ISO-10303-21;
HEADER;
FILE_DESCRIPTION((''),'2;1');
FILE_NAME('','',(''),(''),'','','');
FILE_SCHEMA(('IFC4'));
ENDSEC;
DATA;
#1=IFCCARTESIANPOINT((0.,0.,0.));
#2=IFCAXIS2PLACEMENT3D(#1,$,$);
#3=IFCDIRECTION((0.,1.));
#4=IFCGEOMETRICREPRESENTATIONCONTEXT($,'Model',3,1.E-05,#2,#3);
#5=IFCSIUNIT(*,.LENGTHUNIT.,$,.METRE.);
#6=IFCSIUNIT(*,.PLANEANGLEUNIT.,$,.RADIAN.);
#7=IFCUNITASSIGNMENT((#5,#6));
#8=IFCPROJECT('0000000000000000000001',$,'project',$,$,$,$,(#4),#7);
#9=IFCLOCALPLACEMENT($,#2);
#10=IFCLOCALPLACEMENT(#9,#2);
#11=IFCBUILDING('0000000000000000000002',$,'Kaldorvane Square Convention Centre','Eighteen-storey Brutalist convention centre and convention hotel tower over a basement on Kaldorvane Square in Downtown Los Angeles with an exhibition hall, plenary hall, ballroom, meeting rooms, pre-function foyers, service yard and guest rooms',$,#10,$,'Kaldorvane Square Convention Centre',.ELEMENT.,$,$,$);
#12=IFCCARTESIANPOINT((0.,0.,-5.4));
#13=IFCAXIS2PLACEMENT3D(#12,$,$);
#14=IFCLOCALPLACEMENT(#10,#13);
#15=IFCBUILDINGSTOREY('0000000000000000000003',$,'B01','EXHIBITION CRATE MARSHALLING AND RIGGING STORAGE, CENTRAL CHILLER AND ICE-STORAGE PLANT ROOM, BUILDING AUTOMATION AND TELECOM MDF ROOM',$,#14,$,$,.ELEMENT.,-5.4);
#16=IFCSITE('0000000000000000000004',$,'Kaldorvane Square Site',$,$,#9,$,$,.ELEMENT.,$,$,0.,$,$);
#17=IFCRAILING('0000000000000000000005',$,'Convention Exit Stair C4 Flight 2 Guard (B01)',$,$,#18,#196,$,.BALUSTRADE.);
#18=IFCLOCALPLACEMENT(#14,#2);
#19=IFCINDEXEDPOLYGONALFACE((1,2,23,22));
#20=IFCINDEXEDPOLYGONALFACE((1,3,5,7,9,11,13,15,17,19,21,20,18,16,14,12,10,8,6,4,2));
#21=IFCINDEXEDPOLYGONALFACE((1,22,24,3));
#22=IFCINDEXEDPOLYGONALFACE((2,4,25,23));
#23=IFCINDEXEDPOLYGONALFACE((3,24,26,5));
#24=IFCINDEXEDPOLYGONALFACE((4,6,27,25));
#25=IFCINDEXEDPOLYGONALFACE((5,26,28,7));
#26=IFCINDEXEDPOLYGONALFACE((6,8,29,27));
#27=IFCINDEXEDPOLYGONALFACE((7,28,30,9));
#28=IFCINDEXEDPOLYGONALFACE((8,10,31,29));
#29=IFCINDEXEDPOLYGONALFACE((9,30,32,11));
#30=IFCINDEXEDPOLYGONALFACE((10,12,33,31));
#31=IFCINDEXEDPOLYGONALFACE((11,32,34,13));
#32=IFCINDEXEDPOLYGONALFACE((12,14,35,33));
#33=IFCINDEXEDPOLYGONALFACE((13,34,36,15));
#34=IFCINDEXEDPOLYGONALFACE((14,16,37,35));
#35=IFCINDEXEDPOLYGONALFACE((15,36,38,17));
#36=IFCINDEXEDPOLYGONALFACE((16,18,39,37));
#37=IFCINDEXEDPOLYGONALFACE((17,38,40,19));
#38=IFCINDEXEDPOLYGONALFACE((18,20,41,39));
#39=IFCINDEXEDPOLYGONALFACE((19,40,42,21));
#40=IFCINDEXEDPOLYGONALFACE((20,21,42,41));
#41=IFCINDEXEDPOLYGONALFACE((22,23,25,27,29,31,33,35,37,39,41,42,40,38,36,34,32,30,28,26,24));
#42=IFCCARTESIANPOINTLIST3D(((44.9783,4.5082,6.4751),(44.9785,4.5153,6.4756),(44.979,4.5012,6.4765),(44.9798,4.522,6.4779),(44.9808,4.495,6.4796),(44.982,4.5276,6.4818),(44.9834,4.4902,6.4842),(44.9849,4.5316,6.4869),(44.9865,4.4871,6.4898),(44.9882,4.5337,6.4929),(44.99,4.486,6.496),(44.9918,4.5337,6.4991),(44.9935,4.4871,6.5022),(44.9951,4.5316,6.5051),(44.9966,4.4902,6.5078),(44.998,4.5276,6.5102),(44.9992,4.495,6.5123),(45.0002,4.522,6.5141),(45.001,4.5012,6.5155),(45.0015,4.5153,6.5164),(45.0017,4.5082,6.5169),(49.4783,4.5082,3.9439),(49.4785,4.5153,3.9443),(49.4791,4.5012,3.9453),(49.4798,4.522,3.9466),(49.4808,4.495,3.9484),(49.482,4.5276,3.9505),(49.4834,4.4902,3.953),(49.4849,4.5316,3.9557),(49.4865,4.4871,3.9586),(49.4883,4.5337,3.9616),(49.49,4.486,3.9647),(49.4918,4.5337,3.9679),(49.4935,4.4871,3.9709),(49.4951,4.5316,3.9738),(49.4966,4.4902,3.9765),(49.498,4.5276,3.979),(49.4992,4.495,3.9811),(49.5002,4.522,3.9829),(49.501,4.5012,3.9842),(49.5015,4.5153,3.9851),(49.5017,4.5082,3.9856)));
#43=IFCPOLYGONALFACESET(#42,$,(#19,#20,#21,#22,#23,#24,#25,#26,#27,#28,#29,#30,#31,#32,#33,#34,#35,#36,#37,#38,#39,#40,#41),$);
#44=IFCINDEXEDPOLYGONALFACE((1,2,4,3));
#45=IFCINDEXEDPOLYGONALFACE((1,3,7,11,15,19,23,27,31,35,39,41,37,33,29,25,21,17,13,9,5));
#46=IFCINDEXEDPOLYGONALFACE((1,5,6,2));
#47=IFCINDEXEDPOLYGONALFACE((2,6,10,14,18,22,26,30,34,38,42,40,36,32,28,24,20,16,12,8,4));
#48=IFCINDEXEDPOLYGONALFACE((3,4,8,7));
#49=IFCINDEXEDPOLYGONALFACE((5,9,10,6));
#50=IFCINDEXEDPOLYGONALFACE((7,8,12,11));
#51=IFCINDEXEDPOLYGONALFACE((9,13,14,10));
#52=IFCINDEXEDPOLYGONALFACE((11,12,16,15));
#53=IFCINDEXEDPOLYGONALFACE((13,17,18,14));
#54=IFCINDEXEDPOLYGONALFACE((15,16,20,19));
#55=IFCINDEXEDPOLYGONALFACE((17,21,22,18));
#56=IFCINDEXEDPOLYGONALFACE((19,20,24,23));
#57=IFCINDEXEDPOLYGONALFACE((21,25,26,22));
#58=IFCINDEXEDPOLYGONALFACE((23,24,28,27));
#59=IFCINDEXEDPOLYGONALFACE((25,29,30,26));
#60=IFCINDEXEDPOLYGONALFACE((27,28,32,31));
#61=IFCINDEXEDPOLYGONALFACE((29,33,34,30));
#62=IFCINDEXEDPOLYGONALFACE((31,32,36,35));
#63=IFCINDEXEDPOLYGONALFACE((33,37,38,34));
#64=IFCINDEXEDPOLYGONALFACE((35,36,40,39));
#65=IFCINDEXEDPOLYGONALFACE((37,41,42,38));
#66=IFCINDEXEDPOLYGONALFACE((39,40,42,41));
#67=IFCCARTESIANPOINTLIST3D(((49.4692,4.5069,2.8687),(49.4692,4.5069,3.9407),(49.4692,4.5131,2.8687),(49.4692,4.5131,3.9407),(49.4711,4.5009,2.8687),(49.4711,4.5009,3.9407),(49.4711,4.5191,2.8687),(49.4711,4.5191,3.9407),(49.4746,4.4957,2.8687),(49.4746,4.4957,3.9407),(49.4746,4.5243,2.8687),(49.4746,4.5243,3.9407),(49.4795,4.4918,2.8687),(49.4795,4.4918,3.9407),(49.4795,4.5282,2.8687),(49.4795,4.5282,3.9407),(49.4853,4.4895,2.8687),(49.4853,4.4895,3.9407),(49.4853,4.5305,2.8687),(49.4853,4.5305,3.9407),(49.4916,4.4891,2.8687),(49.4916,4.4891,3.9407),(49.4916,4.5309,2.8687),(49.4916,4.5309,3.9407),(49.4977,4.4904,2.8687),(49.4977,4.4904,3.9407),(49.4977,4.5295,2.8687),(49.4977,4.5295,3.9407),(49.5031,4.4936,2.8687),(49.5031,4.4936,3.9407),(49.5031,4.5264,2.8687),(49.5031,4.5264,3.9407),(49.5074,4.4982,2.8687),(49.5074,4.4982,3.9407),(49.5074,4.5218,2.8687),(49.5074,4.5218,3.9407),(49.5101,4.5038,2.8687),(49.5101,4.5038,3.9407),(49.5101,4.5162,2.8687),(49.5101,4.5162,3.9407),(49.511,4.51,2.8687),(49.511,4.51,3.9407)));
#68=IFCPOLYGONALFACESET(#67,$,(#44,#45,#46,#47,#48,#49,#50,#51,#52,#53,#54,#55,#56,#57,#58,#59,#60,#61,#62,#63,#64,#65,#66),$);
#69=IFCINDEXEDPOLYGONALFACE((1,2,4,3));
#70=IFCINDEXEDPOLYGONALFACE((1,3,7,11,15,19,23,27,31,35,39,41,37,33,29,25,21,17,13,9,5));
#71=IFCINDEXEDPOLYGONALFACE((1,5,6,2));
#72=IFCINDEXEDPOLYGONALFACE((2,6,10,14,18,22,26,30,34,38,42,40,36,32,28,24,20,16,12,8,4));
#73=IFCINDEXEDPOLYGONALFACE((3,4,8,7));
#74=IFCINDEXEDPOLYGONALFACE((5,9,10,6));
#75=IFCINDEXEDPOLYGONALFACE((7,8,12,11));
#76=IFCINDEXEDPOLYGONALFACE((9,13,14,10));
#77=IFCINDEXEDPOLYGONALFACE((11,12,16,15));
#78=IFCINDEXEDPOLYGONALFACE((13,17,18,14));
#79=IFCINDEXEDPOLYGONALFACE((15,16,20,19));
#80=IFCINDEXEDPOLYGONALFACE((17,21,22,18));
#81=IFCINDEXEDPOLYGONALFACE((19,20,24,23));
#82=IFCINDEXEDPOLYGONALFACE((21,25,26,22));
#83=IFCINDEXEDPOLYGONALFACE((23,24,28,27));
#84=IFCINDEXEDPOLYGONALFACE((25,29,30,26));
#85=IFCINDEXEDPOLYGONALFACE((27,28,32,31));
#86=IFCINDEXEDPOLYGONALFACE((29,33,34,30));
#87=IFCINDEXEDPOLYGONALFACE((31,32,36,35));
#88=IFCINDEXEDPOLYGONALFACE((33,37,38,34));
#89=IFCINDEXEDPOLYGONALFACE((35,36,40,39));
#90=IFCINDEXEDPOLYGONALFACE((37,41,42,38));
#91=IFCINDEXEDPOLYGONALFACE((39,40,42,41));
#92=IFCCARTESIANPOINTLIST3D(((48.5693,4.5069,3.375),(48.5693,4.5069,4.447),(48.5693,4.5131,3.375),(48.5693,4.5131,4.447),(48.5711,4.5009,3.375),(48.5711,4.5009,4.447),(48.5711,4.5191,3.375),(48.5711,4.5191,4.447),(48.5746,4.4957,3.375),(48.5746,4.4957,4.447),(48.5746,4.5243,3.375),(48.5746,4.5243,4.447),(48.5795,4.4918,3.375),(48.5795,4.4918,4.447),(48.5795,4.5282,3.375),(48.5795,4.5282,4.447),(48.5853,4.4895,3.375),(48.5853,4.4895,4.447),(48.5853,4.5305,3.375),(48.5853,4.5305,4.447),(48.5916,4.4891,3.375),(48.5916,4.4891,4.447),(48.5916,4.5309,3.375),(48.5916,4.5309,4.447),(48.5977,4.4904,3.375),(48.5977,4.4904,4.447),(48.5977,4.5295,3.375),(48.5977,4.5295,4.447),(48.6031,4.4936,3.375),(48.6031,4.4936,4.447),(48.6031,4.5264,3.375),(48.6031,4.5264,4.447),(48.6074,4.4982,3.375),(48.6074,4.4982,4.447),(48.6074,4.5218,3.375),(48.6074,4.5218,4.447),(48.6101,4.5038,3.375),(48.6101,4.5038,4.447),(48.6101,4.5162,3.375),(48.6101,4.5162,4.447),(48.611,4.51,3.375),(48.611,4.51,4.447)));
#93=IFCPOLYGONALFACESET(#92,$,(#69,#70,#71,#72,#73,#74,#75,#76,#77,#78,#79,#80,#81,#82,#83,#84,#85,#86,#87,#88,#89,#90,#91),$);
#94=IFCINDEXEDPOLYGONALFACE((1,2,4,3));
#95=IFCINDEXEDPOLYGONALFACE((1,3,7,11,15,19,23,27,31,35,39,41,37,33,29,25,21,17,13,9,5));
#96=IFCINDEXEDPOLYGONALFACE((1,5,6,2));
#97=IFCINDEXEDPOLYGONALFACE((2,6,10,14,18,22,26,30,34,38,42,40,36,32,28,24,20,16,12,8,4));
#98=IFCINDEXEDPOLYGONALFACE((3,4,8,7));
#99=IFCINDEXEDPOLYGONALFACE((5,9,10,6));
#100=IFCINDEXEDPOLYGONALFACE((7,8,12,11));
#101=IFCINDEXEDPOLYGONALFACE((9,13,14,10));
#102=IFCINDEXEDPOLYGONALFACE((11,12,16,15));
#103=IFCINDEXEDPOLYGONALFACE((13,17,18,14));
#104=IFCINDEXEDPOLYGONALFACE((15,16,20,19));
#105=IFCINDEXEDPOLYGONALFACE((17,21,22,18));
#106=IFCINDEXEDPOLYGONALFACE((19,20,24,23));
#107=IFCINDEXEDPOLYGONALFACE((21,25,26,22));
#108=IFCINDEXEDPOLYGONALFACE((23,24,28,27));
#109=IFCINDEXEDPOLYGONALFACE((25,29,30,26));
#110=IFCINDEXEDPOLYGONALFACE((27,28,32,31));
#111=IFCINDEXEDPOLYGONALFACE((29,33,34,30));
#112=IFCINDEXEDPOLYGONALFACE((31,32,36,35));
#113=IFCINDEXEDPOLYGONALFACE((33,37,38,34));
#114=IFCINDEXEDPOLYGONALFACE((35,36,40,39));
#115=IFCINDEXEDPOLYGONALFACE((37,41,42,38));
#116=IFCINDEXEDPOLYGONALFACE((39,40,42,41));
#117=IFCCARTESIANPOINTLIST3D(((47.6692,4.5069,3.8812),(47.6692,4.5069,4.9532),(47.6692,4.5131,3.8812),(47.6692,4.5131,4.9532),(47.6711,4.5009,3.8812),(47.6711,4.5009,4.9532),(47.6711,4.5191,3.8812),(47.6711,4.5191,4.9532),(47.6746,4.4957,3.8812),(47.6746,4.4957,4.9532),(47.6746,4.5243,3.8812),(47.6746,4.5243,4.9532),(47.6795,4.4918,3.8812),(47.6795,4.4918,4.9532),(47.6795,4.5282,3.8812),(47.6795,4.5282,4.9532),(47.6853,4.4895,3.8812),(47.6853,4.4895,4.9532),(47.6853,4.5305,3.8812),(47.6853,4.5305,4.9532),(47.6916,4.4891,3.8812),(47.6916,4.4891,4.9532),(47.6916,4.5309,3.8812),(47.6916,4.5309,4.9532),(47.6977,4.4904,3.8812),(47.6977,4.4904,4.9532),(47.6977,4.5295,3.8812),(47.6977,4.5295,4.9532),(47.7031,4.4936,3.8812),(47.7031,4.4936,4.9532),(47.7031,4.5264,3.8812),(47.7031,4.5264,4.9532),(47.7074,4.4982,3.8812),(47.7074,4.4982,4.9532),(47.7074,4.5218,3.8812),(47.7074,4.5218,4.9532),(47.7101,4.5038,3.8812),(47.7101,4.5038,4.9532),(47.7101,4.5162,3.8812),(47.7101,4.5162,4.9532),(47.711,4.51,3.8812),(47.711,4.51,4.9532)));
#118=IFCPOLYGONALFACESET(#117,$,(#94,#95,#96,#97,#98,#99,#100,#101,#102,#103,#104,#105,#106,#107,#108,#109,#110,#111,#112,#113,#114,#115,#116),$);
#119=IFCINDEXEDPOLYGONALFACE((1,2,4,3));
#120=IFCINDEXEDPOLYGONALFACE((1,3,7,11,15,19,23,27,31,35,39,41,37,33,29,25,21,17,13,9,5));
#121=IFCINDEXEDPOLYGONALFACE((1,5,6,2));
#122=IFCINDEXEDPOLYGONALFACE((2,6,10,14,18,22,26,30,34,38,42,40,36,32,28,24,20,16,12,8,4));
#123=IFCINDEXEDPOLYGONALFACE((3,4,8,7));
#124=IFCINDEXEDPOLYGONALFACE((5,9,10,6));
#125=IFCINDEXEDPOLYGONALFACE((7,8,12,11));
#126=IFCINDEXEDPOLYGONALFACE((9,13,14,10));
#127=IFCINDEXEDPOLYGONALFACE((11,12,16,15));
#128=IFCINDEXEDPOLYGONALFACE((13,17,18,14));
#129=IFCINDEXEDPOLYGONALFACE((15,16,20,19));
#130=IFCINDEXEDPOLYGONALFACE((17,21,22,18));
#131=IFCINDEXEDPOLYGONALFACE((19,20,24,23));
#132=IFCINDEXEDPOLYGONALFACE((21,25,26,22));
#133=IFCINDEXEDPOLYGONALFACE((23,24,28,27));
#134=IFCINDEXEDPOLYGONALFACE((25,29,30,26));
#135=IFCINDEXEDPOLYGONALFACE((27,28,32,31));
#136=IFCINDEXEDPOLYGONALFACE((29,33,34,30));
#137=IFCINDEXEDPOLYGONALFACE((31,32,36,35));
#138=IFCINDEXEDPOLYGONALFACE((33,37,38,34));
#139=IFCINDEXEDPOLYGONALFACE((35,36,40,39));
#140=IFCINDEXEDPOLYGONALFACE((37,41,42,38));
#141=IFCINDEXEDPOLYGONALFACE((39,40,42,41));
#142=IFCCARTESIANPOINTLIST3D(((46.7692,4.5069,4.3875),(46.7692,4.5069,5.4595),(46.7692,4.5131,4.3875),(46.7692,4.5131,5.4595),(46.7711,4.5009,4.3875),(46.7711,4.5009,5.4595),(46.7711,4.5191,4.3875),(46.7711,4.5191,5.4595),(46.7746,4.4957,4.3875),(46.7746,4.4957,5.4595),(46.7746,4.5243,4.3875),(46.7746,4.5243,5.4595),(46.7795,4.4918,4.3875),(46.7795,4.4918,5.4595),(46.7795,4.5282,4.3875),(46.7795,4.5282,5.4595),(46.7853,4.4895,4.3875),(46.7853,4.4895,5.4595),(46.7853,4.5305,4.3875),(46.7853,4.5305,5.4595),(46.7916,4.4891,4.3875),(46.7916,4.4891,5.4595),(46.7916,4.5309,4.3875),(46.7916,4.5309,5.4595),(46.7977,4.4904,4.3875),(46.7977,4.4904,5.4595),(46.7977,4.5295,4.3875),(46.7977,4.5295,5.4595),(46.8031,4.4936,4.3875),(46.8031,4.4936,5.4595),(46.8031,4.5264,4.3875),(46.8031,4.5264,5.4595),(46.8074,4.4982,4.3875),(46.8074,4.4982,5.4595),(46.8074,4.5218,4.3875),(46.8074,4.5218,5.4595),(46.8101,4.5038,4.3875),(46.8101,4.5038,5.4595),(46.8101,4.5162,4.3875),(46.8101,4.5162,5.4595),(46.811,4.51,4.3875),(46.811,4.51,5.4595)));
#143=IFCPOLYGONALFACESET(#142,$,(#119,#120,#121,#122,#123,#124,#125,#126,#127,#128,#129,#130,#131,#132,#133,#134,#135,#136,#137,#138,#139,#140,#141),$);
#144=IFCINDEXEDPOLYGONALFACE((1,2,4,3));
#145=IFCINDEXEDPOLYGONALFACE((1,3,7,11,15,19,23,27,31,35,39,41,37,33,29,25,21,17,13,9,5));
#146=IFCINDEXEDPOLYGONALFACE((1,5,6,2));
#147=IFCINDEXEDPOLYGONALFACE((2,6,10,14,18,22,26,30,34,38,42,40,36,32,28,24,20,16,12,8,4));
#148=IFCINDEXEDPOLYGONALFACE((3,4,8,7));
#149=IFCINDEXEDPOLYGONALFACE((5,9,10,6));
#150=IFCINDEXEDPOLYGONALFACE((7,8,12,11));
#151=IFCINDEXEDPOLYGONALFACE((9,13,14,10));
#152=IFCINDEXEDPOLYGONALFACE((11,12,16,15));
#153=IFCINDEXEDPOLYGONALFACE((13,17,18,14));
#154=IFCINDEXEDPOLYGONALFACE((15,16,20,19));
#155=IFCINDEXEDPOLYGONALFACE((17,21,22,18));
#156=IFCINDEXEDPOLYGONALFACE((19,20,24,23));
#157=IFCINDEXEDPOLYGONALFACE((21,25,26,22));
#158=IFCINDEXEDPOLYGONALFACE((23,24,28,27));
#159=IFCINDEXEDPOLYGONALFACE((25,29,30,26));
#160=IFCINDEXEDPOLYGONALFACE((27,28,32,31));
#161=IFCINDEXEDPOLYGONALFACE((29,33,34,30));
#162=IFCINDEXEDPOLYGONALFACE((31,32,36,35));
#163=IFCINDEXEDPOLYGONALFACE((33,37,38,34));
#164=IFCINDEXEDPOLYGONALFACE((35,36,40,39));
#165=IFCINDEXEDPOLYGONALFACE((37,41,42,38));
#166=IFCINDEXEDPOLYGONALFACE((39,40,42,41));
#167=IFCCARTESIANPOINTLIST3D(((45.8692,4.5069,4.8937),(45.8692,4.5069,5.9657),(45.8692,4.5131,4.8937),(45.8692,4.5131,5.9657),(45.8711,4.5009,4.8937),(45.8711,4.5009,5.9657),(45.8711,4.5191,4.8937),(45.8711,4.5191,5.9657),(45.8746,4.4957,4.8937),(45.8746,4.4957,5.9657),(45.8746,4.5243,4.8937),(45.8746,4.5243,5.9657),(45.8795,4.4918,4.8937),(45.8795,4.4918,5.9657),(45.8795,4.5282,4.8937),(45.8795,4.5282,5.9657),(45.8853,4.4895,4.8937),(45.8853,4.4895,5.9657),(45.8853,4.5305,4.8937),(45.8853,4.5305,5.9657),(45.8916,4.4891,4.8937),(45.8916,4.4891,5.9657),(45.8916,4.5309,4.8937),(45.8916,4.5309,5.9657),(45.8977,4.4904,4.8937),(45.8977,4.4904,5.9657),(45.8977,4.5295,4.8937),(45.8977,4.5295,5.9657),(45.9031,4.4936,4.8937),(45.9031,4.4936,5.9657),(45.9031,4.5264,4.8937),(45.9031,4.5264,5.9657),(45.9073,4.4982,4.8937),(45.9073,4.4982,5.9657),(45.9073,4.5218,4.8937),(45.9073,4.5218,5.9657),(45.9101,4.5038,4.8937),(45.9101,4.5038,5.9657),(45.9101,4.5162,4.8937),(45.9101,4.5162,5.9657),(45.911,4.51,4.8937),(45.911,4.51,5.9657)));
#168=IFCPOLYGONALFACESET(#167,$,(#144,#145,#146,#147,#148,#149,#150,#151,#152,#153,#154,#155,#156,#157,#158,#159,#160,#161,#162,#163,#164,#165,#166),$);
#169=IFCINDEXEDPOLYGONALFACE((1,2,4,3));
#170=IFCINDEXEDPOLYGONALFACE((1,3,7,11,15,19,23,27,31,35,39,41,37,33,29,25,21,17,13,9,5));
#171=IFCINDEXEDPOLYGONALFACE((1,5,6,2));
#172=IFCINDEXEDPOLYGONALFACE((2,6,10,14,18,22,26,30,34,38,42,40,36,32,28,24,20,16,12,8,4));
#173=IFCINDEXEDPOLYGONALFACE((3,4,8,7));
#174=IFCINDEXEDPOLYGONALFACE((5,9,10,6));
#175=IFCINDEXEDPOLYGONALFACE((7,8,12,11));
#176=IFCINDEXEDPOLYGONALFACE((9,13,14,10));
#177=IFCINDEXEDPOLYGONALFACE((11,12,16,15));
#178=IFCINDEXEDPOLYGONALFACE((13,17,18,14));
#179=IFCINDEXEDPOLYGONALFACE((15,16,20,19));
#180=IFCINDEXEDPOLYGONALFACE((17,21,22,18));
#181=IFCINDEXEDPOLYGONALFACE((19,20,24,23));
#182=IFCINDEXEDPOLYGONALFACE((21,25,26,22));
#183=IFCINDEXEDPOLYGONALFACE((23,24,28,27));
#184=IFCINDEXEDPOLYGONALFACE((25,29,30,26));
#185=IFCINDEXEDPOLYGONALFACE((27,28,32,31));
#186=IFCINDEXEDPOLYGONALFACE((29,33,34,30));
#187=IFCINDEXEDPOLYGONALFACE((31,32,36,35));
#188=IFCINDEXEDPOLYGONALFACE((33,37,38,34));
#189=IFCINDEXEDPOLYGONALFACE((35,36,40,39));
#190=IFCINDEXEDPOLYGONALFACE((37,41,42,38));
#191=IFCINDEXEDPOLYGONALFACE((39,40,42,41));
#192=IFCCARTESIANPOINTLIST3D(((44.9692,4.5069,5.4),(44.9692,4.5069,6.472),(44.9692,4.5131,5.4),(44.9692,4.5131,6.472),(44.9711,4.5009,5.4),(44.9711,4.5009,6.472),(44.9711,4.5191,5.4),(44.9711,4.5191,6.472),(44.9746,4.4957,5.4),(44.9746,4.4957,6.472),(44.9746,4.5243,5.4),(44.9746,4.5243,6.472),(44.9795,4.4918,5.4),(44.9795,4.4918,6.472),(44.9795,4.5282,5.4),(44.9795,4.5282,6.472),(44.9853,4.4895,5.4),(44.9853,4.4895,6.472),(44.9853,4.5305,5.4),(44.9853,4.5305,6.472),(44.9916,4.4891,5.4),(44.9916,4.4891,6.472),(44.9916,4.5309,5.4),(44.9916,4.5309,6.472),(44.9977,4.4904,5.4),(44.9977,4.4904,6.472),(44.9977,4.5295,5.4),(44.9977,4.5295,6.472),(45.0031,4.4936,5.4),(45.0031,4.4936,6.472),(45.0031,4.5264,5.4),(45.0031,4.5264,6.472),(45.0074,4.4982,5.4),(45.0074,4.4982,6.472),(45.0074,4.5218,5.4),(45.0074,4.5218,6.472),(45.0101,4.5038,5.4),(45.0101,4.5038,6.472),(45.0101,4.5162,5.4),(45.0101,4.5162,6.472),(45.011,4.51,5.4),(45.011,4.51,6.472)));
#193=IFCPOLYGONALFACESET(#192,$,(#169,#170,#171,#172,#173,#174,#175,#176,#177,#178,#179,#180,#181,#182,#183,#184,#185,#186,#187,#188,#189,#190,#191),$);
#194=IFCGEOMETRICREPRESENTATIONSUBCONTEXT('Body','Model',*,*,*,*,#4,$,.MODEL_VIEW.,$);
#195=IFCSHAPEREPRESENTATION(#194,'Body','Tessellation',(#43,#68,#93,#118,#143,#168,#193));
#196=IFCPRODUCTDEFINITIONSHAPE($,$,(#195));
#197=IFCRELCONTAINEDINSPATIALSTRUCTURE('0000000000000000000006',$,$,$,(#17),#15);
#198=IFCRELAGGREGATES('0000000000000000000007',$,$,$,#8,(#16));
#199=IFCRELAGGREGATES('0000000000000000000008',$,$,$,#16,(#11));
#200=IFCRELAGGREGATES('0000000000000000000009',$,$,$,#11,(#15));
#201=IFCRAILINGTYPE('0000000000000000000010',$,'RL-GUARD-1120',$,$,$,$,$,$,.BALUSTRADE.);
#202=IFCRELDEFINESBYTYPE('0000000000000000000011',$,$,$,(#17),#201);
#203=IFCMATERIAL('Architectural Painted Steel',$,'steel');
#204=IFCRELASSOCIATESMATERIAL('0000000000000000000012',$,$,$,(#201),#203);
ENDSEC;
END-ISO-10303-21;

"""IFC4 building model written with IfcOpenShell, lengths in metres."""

from ifc_helpers import new_model, si_unit, direction, frame, origin, origin_2d, place, context, subcontext, project, spatial, circle, extrude, material, type_object, element, save


model = new_model("IFC4")

# Units and contexts
model_context = context("Model", 3, precision=1e-05, world=origin(), true_north=direction((0.0, 1.0)))
body_context = subcontext(model_context, "Body", "Model", "MODEL_VIEW")
ifc_project = project(units=[si_unit("LENGTHUNIT", "METRE"), si_unit("PLANEANGLEUNIT", "RADIAN")], contexts=[model_context])

# Site, building, storey
site_placement = place(None, origin())
site = spatial("IfcSite", under=ifc_project, at=site_placement, Name="Kaldorvane Square Site", CompositionType="ELEMENT", RefElevation=0.0)
building_placement = place(site_placement, origin())
building = spatial("IfcBuilding", under=site, at=building_placement, Name="Kaldorvane Square Convention Centre", Description="Eighteen-storey Brutalist convention centre and convention hotel tower over a basement on Kaldorvane Square in Downtown Los Angeles with an exhibition hall, plenary hall, ballroom, meeting rooms, pre-function foyers, service yard and guest rooms", LongName="Kaldorvane Square Convention Centre", CompositionType="ELEMENT")
storey_placement = place(building_placement, frame((0.0, 0.0, -5.4)))
storey = spatial("IfcBuildingStorey", under=building, at=storey_placement, Name="B01", Description="EXHIBITION CRATE MARSHALLING AND RIGGING STORAGE, CENTRAL CHILLER AND ICE-STORAGE PLANT ROOM, BUILDING AUTOMATION AND TELECOM MDF ROOM", CompositionType="ELEMENT", Elevation=-5.4)

# Railing
ifc_material_1 = material(Name="Architectural Painted Steel", Category="steel")
railing_type_1 = type_object("IfcRailingType", Name="RL-GUARD-1120", PredefinedType="BALUSTRADE", material=ifc_material_1)
railing_1_placement = place(storey_placement, frame((49.49, 4.51, 2.8687)))
element("IfcRailing", 1, at=railing_1_placement, inside=storey, type_object=railing_type_1, Name="Convention Exit Stair C4 Flight 2 Guard (B01)", PredefinedType="BALUSTRADE", context=body_context, shape_type="SweptSolid", body=[
    extrude(circle(Radius=0.024, at=origin_2d()), frame((0.0, 0.0, 1.096), z_axis=(-0.871576, 0.0, 0.490261), x_axis=(0.0, -1.0, 0.0)), (0.0, 0.0, 1.0), 5.1631),
    extrude(circle(Radius=0.021, at=origin_2d()), origin(), (0.0, 0.0, 1.0), 1.072),
    extrude(circle(Radius=0.021, at=origin_2d()), frame((-0.9, 0.0, 0.5063)), (0.0, 0.0, 1.0), 1.072),
    extrude(circle(Radius=0.021, at=origin_2d()), frame((-1.8, 0.0, 1.0125)), (0.0, 0.0, 1.0), 1.072),
    extrude(circle(Radius=0.021, at=origin_2d()), frame((-2.7, 0.0, 1.5188)), (0.0, 0.0, 1.0), 1.072),
    extrude(circle(Radius=0.021, at=origin_2d()), frame((-3.6, 0.0, 2.025)), (0.0, 0.0, 1.0), 1.072),
    extrude(circle(Radius=0.021, at=origin_2d()), frame((-4.5, 0.0, 2.5312)), (0.0, 0.0, 1.0), 1.072),
])

save(model, "model.ifc")
